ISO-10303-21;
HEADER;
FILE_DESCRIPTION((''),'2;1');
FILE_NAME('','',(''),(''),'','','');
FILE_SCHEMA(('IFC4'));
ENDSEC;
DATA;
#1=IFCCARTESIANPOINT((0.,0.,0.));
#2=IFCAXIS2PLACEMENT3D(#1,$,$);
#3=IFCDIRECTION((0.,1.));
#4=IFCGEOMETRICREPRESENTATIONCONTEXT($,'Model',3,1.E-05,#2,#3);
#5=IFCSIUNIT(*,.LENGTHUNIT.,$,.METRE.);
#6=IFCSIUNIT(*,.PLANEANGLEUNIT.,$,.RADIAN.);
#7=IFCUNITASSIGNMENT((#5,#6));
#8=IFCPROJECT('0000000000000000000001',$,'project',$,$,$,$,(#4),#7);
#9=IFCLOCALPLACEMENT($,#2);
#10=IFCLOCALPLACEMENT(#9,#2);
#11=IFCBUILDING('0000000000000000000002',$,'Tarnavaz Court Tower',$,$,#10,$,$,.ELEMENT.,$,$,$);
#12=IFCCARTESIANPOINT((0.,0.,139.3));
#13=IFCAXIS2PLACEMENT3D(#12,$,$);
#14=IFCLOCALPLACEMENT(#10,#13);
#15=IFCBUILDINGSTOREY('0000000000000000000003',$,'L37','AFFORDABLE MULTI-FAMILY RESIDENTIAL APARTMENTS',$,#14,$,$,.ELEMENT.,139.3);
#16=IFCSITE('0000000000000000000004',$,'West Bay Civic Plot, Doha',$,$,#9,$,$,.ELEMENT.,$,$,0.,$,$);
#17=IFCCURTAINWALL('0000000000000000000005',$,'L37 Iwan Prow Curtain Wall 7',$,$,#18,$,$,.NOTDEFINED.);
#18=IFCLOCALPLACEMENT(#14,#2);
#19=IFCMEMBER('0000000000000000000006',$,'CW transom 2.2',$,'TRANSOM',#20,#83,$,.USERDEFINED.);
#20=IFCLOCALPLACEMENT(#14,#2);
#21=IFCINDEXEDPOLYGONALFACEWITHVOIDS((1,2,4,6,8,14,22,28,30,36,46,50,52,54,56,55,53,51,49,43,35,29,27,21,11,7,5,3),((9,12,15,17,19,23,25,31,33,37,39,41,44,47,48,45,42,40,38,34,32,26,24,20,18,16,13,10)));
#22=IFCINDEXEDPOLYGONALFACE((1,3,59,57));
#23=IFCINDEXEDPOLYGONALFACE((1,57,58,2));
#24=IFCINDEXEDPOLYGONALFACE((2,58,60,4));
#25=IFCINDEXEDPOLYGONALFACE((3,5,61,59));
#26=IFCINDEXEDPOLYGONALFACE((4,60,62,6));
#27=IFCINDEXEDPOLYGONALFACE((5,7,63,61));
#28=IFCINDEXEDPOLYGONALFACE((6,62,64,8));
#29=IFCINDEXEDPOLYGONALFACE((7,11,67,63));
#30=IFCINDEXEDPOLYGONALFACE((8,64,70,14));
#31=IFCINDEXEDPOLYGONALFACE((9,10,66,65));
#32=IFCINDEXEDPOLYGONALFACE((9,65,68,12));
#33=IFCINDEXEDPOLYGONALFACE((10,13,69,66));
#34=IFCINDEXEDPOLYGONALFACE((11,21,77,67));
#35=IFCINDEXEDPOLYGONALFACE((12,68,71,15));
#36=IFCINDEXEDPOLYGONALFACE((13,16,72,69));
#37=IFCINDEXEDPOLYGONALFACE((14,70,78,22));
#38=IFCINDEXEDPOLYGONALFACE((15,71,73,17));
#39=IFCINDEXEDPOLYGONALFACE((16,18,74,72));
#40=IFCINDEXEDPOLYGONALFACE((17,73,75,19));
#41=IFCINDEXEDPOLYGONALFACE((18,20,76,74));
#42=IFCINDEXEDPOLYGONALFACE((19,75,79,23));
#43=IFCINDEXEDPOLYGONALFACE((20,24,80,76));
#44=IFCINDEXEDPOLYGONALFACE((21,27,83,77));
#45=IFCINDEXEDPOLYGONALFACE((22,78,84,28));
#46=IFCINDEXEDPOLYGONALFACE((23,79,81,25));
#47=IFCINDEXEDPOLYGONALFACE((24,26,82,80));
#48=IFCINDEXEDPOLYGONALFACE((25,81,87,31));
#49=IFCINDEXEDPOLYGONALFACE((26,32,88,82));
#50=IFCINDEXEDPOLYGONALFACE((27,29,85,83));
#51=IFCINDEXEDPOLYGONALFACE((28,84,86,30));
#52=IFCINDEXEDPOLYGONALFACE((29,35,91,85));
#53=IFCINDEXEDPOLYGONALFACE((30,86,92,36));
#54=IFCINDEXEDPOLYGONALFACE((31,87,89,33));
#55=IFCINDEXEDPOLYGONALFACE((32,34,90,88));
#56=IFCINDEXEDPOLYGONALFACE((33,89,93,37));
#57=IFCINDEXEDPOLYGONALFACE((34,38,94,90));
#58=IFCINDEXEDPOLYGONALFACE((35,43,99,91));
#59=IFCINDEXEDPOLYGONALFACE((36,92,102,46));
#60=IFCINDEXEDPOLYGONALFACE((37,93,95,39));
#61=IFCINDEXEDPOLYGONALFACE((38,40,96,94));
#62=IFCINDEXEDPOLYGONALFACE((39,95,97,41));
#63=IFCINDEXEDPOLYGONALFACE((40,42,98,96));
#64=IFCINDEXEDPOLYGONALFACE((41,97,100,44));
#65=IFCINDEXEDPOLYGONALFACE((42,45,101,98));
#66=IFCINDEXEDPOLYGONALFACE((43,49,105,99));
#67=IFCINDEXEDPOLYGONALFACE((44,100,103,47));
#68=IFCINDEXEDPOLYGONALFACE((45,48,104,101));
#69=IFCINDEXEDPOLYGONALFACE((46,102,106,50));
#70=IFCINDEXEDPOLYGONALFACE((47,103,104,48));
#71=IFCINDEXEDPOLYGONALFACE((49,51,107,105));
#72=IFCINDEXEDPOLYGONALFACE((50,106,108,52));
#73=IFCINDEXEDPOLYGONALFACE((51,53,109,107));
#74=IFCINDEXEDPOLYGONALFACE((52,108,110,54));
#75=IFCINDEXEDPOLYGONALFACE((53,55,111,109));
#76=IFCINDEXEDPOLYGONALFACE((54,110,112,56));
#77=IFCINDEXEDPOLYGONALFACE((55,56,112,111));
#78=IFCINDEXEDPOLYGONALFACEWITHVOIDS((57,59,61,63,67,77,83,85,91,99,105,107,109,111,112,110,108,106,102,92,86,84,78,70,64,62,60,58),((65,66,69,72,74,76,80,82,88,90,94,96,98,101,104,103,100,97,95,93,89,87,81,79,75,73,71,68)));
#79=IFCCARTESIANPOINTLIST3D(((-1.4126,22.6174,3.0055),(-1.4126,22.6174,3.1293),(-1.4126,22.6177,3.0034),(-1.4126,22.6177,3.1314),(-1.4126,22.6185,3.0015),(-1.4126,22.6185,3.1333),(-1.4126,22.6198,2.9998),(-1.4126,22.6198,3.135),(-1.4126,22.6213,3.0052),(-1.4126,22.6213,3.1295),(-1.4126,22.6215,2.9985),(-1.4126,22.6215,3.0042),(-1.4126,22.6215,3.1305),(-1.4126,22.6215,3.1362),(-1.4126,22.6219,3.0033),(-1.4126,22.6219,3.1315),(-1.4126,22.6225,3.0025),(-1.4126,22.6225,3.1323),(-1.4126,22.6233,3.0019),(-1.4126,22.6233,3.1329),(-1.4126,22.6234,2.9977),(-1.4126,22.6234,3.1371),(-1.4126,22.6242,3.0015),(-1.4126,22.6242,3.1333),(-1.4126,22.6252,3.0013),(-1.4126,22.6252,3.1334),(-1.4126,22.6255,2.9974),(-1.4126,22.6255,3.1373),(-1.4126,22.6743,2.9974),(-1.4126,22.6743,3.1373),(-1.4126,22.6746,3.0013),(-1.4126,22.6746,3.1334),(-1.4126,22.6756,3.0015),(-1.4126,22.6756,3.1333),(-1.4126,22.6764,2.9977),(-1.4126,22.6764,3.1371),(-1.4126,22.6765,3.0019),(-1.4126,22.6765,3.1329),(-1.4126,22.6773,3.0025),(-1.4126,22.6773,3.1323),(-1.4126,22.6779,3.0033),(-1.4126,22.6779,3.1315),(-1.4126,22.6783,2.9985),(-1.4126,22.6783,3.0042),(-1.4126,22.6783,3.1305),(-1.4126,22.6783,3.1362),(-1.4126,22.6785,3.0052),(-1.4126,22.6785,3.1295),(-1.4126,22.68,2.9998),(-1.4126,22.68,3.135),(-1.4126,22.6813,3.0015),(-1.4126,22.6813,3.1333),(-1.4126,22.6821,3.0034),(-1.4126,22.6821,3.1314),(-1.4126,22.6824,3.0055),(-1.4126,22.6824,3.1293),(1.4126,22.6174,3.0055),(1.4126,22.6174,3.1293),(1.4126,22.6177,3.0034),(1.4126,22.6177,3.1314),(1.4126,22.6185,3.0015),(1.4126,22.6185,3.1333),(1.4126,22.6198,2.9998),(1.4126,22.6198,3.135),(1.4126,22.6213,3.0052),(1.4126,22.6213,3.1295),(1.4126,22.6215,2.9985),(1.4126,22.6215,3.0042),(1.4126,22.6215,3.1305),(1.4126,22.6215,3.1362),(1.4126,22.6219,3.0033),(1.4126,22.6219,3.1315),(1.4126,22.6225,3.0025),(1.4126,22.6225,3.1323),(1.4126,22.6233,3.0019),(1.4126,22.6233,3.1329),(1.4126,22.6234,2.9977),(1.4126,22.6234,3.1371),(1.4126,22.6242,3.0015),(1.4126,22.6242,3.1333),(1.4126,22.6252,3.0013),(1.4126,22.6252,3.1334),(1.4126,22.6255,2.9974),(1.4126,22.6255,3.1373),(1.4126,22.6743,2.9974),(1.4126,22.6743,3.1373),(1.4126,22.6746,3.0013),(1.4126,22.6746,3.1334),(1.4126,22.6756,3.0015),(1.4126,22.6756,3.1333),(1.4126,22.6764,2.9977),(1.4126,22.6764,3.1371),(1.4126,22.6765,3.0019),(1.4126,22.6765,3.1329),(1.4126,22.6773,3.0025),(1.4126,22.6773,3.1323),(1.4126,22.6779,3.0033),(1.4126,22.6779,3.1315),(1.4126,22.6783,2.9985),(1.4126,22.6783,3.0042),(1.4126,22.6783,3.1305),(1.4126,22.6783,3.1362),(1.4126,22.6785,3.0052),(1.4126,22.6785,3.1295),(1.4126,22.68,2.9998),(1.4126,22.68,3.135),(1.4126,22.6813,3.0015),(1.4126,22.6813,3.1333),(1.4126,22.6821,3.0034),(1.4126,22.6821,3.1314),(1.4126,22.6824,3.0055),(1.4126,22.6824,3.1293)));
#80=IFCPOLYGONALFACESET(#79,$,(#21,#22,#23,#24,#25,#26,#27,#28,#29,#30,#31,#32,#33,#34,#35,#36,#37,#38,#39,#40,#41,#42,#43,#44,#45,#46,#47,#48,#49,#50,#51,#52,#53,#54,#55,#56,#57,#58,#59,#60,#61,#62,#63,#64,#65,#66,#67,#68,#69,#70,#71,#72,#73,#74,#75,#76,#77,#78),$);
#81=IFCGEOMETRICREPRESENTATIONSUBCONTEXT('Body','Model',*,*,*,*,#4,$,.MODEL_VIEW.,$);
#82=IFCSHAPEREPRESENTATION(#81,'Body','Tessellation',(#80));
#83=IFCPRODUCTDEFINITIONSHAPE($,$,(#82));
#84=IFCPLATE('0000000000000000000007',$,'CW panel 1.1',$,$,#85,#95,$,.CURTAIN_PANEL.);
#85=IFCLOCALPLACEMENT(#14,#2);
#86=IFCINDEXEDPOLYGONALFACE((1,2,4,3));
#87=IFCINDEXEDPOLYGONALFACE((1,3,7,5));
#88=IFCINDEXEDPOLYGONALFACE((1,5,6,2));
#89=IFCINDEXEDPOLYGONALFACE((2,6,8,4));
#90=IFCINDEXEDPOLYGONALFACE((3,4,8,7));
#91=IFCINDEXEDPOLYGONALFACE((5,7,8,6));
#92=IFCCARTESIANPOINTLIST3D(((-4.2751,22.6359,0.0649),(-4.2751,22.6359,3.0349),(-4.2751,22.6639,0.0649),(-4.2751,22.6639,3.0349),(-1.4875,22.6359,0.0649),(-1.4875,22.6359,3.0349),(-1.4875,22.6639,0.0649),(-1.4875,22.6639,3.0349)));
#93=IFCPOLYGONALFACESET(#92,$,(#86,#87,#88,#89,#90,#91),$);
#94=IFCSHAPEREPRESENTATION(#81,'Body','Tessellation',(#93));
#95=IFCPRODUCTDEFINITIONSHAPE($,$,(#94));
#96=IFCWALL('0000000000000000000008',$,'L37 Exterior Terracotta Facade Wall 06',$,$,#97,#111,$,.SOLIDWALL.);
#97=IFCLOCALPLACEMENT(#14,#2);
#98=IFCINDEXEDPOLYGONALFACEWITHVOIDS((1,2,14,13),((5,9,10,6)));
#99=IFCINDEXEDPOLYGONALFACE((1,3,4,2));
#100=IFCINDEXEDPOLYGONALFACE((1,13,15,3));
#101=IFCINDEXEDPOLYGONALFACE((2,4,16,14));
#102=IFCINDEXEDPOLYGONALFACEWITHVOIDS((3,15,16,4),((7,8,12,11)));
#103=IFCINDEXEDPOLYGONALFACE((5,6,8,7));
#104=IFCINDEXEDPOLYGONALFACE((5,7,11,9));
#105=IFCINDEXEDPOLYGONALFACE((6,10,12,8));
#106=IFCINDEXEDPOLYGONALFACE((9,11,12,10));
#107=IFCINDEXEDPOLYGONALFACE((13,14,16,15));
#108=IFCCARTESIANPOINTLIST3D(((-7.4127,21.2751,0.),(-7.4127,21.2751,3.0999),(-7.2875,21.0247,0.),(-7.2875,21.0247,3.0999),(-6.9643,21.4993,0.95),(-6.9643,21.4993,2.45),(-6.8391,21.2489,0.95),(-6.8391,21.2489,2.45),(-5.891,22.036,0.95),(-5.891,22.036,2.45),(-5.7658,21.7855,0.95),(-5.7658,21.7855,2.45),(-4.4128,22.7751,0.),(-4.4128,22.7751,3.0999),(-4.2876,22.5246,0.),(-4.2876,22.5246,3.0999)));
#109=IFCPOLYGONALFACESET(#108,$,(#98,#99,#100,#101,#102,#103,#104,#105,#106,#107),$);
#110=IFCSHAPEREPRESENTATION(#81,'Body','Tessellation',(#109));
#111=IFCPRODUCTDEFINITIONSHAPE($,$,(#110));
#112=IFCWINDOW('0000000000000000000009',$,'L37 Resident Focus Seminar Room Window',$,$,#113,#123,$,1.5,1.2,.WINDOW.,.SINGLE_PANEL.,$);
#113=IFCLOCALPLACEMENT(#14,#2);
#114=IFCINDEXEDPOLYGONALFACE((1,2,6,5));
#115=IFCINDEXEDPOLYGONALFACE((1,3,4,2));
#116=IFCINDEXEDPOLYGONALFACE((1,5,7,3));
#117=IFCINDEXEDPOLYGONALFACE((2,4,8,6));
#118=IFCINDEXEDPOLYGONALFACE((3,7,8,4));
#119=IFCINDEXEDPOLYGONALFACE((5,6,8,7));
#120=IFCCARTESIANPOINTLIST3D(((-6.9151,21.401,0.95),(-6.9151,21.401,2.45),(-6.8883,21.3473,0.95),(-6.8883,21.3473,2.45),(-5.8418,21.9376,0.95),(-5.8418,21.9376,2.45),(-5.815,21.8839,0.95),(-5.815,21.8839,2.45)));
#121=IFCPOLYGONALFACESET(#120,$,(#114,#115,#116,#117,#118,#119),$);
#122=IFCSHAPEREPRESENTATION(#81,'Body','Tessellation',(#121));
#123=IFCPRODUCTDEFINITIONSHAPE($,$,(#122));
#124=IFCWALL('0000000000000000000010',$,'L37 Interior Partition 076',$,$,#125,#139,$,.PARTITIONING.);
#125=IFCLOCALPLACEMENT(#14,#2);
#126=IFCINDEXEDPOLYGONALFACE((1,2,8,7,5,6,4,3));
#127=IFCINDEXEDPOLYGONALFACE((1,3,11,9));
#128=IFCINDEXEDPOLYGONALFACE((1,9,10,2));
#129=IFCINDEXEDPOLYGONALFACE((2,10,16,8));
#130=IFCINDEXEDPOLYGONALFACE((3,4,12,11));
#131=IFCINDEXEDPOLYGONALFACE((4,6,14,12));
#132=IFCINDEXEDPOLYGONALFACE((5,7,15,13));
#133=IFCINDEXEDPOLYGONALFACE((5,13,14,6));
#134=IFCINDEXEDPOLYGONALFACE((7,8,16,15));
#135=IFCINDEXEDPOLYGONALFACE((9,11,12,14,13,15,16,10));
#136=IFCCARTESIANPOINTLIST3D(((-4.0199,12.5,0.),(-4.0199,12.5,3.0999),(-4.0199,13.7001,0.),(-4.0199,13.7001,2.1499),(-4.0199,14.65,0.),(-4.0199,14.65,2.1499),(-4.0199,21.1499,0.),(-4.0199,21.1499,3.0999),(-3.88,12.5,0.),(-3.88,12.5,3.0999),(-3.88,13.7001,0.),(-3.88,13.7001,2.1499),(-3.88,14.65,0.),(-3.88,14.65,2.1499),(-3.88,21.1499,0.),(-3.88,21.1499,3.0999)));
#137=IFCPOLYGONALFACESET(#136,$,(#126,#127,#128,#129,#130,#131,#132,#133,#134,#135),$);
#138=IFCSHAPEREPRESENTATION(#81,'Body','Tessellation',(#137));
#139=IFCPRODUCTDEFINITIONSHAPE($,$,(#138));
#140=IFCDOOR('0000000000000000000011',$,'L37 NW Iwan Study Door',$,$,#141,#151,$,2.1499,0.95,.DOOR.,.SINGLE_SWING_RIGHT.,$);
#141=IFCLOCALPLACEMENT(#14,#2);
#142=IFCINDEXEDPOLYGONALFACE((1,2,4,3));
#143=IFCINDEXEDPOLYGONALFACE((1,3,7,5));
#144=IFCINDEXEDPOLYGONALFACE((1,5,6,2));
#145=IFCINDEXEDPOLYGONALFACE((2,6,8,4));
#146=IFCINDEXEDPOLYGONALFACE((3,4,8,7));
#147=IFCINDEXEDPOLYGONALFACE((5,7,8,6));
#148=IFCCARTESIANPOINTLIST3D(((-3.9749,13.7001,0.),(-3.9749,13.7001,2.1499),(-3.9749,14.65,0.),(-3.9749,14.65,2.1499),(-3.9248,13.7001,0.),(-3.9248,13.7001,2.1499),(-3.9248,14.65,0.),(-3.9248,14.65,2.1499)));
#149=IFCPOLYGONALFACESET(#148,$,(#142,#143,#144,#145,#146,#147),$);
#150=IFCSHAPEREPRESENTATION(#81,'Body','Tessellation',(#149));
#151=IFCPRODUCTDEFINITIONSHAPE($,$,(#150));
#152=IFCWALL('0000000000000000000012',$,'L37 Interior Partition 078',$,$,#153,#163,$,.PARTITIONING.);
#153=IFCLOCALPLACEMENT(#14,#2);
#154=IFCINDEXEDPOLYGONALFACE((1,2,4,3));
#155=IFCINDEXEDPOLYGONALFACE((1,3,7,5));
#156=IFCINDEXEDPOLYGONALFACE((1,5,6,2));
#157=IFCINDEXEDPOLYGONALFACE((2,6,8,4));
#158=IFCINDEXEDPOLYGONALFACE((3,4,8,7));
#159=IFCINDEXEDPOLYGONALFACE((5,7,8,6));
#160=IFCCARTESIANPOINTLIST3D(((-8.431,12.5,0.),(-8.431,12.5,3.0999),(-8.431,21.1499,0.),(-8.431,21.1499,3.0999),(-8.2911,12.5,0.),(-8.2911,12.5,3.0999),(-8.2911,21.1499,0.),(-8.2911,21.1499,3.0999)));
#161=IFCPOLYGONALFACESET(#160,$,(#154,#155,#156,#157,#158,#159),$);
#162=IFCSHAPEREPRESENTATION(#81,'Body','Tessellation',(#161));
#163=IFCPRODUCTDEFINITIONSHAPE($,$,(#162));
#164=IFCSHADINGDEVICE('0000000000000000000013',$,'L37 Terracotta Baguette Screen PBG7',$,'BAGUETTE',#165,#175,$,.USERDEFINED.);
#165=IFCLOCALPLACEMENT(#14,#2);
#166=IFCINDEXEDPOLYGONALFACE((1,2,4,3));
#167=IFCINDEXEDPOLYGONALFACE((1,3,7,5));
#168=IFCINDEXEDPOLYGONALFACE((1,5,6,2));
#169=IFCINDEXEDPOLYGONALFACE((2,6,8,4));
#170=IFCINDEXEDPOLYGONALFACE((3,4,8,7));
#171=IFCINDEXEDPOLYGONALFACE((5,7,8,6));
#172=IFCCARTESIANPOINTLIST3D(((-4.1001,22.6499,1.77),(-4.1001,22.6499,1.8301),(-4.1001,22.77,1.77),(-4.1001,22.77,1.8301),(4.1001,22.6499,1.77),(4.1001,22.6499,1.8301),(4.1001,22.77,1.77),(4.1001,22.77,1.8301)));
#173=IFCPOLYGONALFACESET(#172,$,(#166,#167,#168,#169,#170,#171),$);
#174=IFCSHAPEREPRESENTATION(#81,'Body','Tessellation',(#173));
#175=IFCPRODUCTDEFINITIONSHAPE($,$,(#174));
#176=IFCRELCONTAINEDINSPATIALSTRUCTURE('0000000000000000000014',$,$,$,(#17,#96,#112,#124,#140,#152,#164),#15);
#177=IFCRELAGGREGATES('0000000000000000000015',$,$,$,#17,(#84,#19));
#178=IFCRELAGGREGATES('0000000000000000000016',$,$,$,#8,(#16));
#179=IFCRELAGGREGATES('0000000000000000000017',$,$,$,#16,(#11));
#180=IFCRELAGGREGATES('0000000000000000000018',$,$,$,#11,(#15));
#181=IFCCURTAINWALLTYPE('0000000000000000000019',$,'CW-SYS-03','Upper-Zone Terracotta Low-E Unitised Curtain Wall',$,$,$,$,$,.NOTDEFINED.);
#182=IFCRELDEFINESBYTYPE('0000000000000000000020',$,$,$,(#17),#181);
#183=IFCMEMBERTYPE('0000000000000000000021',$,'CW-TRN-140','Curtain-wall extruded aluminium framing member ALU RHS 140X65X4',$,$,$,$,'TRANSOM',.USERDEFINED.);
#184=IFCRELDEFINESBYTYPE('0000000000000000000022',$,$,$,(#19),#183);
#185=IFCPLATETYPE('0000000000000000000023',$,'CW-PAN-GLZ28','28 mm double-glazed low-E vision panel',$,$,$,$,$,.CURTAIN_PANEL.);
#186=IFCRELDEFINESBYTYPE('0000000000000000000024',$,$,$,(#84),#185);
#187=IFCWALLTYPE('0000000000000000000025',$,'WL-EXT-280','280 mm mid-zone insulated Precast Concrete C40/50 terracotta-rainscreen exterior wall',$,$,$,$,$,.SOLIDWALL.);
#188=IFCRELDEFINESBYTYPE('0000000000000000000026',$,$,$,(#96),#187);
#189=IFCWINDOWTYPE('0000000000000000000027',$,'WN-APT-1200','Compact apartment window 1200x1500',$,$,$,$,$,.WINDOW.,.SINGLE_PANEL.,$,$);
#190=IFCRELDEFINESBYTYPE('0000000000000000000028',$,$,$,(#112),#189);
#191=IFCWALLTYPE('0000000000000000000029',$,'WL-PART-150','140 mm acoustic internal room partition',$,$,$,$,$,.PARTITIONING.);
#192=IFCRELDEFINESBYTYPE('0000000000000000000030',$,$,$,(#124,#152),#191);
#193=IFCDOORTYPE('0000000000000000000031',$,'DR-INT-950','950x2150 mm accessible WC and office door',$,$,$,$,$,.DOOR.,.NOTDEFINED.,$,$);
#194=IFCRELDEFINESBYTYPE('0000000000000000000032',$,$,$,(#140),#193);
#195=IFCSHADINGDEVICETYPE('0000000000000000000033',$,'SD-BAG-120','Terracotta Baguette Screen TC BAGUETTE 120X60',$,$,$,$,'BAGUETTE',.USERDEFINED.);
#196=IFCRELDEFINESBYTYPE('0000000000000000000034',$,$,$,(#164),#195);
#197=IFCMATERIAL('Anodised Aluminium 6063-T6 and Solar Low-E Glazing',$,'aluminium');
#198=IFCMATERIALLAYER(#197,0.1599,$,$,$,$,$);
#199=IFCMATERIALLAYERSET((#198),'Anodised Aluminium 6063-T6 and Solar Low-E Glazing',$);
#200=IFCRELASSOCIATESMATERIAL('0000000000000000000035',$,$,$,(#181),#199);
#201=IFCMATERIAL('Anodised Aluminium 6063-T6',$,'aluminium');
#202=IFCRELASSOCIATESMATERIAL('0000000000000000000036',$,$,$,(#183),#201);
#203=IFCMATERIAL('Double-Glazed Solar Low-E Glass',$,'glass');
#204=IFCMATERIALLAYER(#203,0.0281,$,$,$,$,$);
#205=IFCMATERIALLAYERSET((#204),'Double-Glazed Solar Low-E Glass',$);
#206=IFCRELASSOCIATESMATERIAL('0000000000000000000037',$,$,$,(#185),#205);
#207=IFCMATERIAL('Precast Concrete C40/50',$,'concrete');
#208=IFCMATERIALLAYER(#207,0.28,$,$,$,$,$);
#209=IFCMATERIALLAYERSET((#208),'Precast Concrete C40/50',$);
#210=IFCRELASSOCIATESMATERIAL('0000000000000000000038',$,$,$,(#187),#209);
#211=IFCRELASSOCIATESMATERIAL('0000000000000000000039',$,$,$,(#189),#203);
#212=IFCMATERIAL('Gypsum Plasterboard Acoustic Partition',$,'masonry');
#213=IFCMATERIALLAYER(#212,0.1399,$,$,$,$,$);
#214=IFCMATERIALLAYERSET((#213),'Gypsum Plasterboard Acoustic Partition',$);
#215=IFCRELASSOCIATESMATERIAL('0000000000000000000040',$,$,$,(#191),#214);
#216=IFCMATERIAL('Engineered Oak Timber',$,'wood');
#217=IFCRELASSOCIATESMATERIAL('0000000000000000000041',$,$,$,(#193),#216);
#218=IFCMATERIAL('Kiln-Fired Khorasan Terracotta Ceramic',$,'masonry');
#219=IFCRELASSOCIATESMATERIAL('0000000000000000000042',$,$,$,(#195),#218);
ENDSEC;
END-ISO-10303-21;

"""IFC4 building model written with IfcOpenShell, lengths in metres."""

from ifc_helpers import new_model, si_unit, direction, frame, frame_2d, origin, origin_2d, place, context, subcontext, project, spatial, rectangle, hollow_rectangle, extrude, material, layer, layer_set, material_profile, profile_set, type_object, element, fill, aggregate, save


model = new_model("IFC4")

# Units and contexts
model_context = context("Model", 3, precision=1e-05, world=origin(), true_north=direction((0.0, 1.0)))
body_context = subcontext(model_context, "Body", "Model", "MODEL_VIEW")
ifc_project = project(units=[si_unit("LENGTHUNIT", "METRE"), si_unit("PLANEANGLEUNIT", "RADIAN")], contexts=[model_context])

# Site, building, storey
site_placement = place(None, origin())
site = spatial("IfcSite", under=ifc_project, at=site_placement, Name="West Bay Civic Plot, Doha", CompositionType="ELEMENT", RefElevation=0.0)
building_placement = place(site_placement, origin())
building = spatial("IfcBuilding", under=site, at=building_placement, Name="Tarnavaz Court Tower", CompositionType="ELEMENT")
storey_placement = place(building_placement, frame((0.0, 0.0, 139.3)))
storey = spatial("IfcBuildingStorey", under=building, at=storey_placement, Name="L37", Description="AFFORDABLE MULTI-FAMILY RESIDENTIAL APARTMENTS", CompositionType="ELEMENT", Elevation=139.3)

# Curtain wall, member, plate
ifc_material_1 = material(Name="Anodised Aluminium 6063-T6 and Solar Low-E Glazing", Category="aluminium")
ifc_layer_1 = layer(ifc_material_1, 0.1599)
ifc_layer_set_1 = layer_set([ifc_layer_1], Name="Anodised Aluminium 6063-T6 and Solar Low-E Glazing")
curtain_wall_type = type_object("IfcCurtainWallType", Name="CW-SYS-03", Description="Upper-Zone Terracotta Low-E Unitised Curtain Wall", PredefinedType="NOTDEFINED", material=ifc_layer_set_1)
curtain_wall_placement = place(storey_placement, origin())
curtain_wall = element("IfcCurtainWall", 1, at=curtain_wall_placement, inside=storey, type_object=curtain_wall_type, Name="L37 Iwan Prow Curtain Wall 7", PredefinedType="NOTDEFINED")
ifc_material_2 = material(Name="Anodised Aluminium 6063-T6", Category="aluminium")
ifc_material_profile_1 = material_profile(ifc_material_2, hollow_rectangle(XDim=0.0649, YDim=0.1399, WallThickness=0.0039, InnerFilletRadius=0.0039, OuterFilletRadius=0.0081, at=origin_2d()), Name="ALU RHS 140X65X4")
ifc_profile_set_1 = profile_set([ifc_material_profile_1], Name="Anodised Aluminium 6063-T6")
member_type_1 = type_object("IfcMemberType", Name="CW-TRN-140", Description="Curtain-wall extruded aluminium framing member ALU RHS 140X65X4", ElementType="TRANSOM", PredefinedType="USERDEFINED", material=ifc_profile_set_1)
member_1_placement = place(storey_placement, frame((-1.4126, 22.6499, 3.0674), z_axis=(1.0, 0.0, 0.0), x_axis=(0.0, 1.0, 0.0)))
member_1 = element("IfcMember", 2, at=member_1_placement, type_object=member_type_1, Name="CW transom 2.2", ObjectType="TRANSOM", PredefinedType="USERDEFINED", context=body_context, shape_type="SweptSolid", body=[
    extrude(hollow_rectangle(XDim=0.0649, YDim=0.1399, WallThickness=0.0039, InnerFilletRadius=0.0039, OuterFilletRadius=0.0081, at=origin_2d()), origin(), (0.0, 0.0, 1.0), 2.8252),
])
ifc_material_3 = material(Name="Double-Glazed Solar Low-E Glass", Category="glass")
ifc_layer_2 = layer(ifc_material_3, 0.0281)
ifc_layer_set_2 = layer_set([ifc_layer_2], Name="Double-Glazed Solar Low-E Glass")
plate_type = type_object("IfcPlateType", Name="CW-PAN-GLZ28", Description="28 mm double-glazed low-E vision panel", PredefinedType="CURTAIN_PANEL", material=ifc_layer_set_2)
plate_placement = place(storey_placement, frame((-2.8813, 22.6499, 0.0649), z_axis=(0.0, 0.0, 1.0), x_axis=(1.0, 0.0, 0.0)))
plate = element("IfcPlate", 3, at=plate_placement, type_object=plate_type, Name="CW panel 1.1", PredefinedType="CURTAIN_PANEL", context=body_context, shape_type="SweptSolid", body=[
    extrude(rectangle(XDim=2.7876, YDim=0.0281, at=origin_2d()), origin(), (0.0, 0.0, 1.0), 2.97),
])
aggregate(curtain_wall, [plate, member_1])

# Wall, opening, window
ifc_material_4 = material(Name="Precast Concrete C40/50", Category="concrete")
ifc_layer_3 = layer(ifc_material_4, 0.28)
ifc_layer_set_3 = layer_set([ifc_layer_3], Name="Precast Concrete C40/50")
wall_type_1 = type_object("IfcWallType", Name="WL-EXT-280", Description="280 mm mid-zone insulated Precast Concrete C40/50 terracotta-rainscreen exterior wall", PredefinedType="SOLIDWALL", material=ifc_layer_set_3)
wall_1_placement = place(storey_placement, frame((-7.3501, 21.1499, 0.0), z_axis=(0.0, 0.0, 1.0), x_axis=(0.894427, 0.447214, 0.0)))
wall_1 = element("IfcWall", 4, at=wall_1_placement, inside=storey, type_object=wall_type_1, Name="L37 Exterior Terracotta Facade Wall 06", PredefinedType="SOLIDWALL", context=body_context, shape_type="SweptSolid", body=[
    extrude(rectangle(XDim=3.354, YDim=0.28, at=frame_2d((1.677, 0.0))), origin(), (0.0, 0.0, 1.0), 3.0999),
])
opening_1_placement = place(wall_1_placement, frame((0.5012, 0.0, 0.95)))
opening_1 = element("IfcOpeningElement", 5, at=opening_1_placement, cuts=wall_1, PredefinedType="OPENING", context=body_context, shape_type="SweptSolid", body=[
    extrude(rectangle(XDim=1.2, YDim=1.5, at=frame_2d((0.6001, 0.75))), frame((0.0, 0.1499, 0.0), z_axis=(0.0, -1.0, 0.0), x_axis=(1.0, 0.0, 0.0)), (0.0, 0.0, 1.0), 0.3),
])
window_type = type_object("IfcWindowType", Name="WN-APT-1200", Description="Compact apartment window 1200x1500", PartitioningType="SINGLE_PANEL", PredefinedType="WINDOW", material=ifc_material_3)
window_placement = place(opening_1_placement, origin())
window = element("IfcWindow", 6, at=window_placement, inside=storey, type_object=window_type, Name="L37 Resident Focus Seminar Room Window", OverallHeight=1.5, OverallWidth=1.2, PartitioningType="SINGLE_PANEL", PredefinedType="WINDOW", context=body_context, shape_type="SweptSolid", body=[
    extrude(rectangle(XDim=1.2, YDim=1.5, at=frame_2d((0.6001, 0.75))), frame((0.0, 0.03, 0.0), z_axis=(0.0, -1.0, 0.0), x_axis=(1.0, 0.0, 0.0)), (0.0, 0.0, 1.0), 0.0601),
])
fill(opening_1, window)

# Wall, opening, door
ifc_material_5 = material(Name="Gypsum Plasterboard Acoustic Partition", Category="masonry")
ifc_layer_4 = layer(ifc_material_5, 0.1399)
ifc_layer_set_4 = layer_set([ifc_layer_4], Name="Gypsum Plasterboard Acoustic Partition")
wall_type_2 = type_object("IfcWallType", Name="WL-PART-150", Description="140 mm acoustic internal room partition", PredefinedType="PARTITIONING", material=ifc_layer_set_4)
wall_2_placement = place(storey_placement, frame((-3.95, 12.5, 0.0), z_axis=(0.0, 0.0, 1.0), x_axis=(0.0, 1.0, 0.0)))
wall_2 = element("IfcWall", 7, at=wall_2_placement, inside=storey, type_object=wall_type_2, Name="L37 Interior Partition 076", PredefinedType="PARTITIONING", context=body_context, shape_type="SweptSolid", body=[
    extrude(rectangle(XDim=8.6499, YDim=0.1399, at=frame_2d((4.325, 0.0))), origin(), (0.0, 0.0, 1.0), 3.0999),
])
opening_2_placement = place(wall_2_placement, frame((1.2, 0.0, 0.0)))
opening_2 = element("IfcOpeningElement", 8, at=opening_2_placement, cuts=wall_2, PredefinedType="OPENING", context=body_context, shape_type="SweptSolid", body=[
    extrude(rectangle(XDim=0.95, YDim=2.1499, at=frame_2d((0.4751, 1.075))), frame((0.0, 0.0798, 0.0), z_axis=(0.0, -1.0, 0.0), x_axis=(1.0, 0.0, 0.0)), (0.0, 0.0, 1.0), 0.1599),
])
ifc_material_6 = material(Name="Engineered Oak Timber", Category="wood")
door_type = type_object("IfcDoorType", Name="DR-INT-950", Description="950x2150 mm accessible WC and office door", OperationType="NOTDEFINED", PredefinedType="DOOR", material=ifc_material_6)
door_placement = place(opening_2_placement, origin())
door = element("IfcDoor", 9, at=door_placement, inside=storey, type_object=door_type, Name="L37 NW Iwan Study Door", OperationType="SINGLE_SWING_RIGHT", OverallHeight=2.1499, OverallWidth=0.95, PredefinedType="DOOR", context=body_context, shape_type="SweptSolid", body=[
    extrude(rectangle(XDim=0.95, YDim=2.1499, at=frame_2d((0.4751, 1.075))), frame((0.0, 0.0249, 0.0), z_axis=(0.0, -1.0, 0.0), x_axis=(1.0, 0.0, 0.0)), (0.0, 0.0, 1.0), 0.05),
])
fill(opening_2, door)

# Wall
wall_3_placement = place(storey_placement, frame((-8.3611, 12.5, 0.0), z_axis=(0.0, 0.0, 1.0), x_axis=(0.0, 1.0, 0.0)))
element("IfcWall", 10, at=wall_3_placement, inside=storey, type_object=wall_type_2, Name="L37 Interior Partition 078", PredefinedType="PARTITIONING", context=body_context, shape_type="SweptSolid", body=[
    extrude(rectangle(XDim=8.6499, YDim=0.1399, at=frame_2d((4.325, 0.0))), origin(), (0.0, 0.0, 1.0), 3.0999),
])

# Shading device
ifc_material_7 = material(Name="Kiln-Fired Khorasan Terracotta Ceramic", Category="masonry")
ifc_material_profile_2 = material_profile(ifc_material_7, rectangle(XDim=0.1201, YDim=0.0601, at=origin_2d()), Name="TC BAGUETTE 120X60")
ifc_profile_set_2 = profile_set([ifc_material_profile_2], Name="Kiln-Fired Khorasan Terracotta Ceramic")
shading_device_type = type_object("IfcShadingDeviceType", Name="SD-BAG-120", Description="Terracotta Baguette Screen TC BAGUETTE 120X60", ElementType="BAGUETTE", PredefinedType="USERDEFINED", material=ifc_profile_set_2)
shading_device_placement = place(storey_placement, frame((-4.1001, 22.71, 1.8), z_axis=(1.0, 0.0, 0.0), x_axis=(0.0, 1.0, 0.0)))
element("IfcShadingDevice", 11, at=shading_device_placement, inside=storey, type_object=shading_device_type, Name="L37 Terracotta Baguette Screen PBG7", ObjectType="BAGUETTE", PredefinedType="USERDEFINED", context=body_context, shape_type="SweptSolid", body=[
    extrude(rectangle(XDim=0.1201, YDim=0.0601, at=origin_2d()), origin(), (0.0, 0.0, 1.0), 8.2002),
])

save(model, "model.ifc")
